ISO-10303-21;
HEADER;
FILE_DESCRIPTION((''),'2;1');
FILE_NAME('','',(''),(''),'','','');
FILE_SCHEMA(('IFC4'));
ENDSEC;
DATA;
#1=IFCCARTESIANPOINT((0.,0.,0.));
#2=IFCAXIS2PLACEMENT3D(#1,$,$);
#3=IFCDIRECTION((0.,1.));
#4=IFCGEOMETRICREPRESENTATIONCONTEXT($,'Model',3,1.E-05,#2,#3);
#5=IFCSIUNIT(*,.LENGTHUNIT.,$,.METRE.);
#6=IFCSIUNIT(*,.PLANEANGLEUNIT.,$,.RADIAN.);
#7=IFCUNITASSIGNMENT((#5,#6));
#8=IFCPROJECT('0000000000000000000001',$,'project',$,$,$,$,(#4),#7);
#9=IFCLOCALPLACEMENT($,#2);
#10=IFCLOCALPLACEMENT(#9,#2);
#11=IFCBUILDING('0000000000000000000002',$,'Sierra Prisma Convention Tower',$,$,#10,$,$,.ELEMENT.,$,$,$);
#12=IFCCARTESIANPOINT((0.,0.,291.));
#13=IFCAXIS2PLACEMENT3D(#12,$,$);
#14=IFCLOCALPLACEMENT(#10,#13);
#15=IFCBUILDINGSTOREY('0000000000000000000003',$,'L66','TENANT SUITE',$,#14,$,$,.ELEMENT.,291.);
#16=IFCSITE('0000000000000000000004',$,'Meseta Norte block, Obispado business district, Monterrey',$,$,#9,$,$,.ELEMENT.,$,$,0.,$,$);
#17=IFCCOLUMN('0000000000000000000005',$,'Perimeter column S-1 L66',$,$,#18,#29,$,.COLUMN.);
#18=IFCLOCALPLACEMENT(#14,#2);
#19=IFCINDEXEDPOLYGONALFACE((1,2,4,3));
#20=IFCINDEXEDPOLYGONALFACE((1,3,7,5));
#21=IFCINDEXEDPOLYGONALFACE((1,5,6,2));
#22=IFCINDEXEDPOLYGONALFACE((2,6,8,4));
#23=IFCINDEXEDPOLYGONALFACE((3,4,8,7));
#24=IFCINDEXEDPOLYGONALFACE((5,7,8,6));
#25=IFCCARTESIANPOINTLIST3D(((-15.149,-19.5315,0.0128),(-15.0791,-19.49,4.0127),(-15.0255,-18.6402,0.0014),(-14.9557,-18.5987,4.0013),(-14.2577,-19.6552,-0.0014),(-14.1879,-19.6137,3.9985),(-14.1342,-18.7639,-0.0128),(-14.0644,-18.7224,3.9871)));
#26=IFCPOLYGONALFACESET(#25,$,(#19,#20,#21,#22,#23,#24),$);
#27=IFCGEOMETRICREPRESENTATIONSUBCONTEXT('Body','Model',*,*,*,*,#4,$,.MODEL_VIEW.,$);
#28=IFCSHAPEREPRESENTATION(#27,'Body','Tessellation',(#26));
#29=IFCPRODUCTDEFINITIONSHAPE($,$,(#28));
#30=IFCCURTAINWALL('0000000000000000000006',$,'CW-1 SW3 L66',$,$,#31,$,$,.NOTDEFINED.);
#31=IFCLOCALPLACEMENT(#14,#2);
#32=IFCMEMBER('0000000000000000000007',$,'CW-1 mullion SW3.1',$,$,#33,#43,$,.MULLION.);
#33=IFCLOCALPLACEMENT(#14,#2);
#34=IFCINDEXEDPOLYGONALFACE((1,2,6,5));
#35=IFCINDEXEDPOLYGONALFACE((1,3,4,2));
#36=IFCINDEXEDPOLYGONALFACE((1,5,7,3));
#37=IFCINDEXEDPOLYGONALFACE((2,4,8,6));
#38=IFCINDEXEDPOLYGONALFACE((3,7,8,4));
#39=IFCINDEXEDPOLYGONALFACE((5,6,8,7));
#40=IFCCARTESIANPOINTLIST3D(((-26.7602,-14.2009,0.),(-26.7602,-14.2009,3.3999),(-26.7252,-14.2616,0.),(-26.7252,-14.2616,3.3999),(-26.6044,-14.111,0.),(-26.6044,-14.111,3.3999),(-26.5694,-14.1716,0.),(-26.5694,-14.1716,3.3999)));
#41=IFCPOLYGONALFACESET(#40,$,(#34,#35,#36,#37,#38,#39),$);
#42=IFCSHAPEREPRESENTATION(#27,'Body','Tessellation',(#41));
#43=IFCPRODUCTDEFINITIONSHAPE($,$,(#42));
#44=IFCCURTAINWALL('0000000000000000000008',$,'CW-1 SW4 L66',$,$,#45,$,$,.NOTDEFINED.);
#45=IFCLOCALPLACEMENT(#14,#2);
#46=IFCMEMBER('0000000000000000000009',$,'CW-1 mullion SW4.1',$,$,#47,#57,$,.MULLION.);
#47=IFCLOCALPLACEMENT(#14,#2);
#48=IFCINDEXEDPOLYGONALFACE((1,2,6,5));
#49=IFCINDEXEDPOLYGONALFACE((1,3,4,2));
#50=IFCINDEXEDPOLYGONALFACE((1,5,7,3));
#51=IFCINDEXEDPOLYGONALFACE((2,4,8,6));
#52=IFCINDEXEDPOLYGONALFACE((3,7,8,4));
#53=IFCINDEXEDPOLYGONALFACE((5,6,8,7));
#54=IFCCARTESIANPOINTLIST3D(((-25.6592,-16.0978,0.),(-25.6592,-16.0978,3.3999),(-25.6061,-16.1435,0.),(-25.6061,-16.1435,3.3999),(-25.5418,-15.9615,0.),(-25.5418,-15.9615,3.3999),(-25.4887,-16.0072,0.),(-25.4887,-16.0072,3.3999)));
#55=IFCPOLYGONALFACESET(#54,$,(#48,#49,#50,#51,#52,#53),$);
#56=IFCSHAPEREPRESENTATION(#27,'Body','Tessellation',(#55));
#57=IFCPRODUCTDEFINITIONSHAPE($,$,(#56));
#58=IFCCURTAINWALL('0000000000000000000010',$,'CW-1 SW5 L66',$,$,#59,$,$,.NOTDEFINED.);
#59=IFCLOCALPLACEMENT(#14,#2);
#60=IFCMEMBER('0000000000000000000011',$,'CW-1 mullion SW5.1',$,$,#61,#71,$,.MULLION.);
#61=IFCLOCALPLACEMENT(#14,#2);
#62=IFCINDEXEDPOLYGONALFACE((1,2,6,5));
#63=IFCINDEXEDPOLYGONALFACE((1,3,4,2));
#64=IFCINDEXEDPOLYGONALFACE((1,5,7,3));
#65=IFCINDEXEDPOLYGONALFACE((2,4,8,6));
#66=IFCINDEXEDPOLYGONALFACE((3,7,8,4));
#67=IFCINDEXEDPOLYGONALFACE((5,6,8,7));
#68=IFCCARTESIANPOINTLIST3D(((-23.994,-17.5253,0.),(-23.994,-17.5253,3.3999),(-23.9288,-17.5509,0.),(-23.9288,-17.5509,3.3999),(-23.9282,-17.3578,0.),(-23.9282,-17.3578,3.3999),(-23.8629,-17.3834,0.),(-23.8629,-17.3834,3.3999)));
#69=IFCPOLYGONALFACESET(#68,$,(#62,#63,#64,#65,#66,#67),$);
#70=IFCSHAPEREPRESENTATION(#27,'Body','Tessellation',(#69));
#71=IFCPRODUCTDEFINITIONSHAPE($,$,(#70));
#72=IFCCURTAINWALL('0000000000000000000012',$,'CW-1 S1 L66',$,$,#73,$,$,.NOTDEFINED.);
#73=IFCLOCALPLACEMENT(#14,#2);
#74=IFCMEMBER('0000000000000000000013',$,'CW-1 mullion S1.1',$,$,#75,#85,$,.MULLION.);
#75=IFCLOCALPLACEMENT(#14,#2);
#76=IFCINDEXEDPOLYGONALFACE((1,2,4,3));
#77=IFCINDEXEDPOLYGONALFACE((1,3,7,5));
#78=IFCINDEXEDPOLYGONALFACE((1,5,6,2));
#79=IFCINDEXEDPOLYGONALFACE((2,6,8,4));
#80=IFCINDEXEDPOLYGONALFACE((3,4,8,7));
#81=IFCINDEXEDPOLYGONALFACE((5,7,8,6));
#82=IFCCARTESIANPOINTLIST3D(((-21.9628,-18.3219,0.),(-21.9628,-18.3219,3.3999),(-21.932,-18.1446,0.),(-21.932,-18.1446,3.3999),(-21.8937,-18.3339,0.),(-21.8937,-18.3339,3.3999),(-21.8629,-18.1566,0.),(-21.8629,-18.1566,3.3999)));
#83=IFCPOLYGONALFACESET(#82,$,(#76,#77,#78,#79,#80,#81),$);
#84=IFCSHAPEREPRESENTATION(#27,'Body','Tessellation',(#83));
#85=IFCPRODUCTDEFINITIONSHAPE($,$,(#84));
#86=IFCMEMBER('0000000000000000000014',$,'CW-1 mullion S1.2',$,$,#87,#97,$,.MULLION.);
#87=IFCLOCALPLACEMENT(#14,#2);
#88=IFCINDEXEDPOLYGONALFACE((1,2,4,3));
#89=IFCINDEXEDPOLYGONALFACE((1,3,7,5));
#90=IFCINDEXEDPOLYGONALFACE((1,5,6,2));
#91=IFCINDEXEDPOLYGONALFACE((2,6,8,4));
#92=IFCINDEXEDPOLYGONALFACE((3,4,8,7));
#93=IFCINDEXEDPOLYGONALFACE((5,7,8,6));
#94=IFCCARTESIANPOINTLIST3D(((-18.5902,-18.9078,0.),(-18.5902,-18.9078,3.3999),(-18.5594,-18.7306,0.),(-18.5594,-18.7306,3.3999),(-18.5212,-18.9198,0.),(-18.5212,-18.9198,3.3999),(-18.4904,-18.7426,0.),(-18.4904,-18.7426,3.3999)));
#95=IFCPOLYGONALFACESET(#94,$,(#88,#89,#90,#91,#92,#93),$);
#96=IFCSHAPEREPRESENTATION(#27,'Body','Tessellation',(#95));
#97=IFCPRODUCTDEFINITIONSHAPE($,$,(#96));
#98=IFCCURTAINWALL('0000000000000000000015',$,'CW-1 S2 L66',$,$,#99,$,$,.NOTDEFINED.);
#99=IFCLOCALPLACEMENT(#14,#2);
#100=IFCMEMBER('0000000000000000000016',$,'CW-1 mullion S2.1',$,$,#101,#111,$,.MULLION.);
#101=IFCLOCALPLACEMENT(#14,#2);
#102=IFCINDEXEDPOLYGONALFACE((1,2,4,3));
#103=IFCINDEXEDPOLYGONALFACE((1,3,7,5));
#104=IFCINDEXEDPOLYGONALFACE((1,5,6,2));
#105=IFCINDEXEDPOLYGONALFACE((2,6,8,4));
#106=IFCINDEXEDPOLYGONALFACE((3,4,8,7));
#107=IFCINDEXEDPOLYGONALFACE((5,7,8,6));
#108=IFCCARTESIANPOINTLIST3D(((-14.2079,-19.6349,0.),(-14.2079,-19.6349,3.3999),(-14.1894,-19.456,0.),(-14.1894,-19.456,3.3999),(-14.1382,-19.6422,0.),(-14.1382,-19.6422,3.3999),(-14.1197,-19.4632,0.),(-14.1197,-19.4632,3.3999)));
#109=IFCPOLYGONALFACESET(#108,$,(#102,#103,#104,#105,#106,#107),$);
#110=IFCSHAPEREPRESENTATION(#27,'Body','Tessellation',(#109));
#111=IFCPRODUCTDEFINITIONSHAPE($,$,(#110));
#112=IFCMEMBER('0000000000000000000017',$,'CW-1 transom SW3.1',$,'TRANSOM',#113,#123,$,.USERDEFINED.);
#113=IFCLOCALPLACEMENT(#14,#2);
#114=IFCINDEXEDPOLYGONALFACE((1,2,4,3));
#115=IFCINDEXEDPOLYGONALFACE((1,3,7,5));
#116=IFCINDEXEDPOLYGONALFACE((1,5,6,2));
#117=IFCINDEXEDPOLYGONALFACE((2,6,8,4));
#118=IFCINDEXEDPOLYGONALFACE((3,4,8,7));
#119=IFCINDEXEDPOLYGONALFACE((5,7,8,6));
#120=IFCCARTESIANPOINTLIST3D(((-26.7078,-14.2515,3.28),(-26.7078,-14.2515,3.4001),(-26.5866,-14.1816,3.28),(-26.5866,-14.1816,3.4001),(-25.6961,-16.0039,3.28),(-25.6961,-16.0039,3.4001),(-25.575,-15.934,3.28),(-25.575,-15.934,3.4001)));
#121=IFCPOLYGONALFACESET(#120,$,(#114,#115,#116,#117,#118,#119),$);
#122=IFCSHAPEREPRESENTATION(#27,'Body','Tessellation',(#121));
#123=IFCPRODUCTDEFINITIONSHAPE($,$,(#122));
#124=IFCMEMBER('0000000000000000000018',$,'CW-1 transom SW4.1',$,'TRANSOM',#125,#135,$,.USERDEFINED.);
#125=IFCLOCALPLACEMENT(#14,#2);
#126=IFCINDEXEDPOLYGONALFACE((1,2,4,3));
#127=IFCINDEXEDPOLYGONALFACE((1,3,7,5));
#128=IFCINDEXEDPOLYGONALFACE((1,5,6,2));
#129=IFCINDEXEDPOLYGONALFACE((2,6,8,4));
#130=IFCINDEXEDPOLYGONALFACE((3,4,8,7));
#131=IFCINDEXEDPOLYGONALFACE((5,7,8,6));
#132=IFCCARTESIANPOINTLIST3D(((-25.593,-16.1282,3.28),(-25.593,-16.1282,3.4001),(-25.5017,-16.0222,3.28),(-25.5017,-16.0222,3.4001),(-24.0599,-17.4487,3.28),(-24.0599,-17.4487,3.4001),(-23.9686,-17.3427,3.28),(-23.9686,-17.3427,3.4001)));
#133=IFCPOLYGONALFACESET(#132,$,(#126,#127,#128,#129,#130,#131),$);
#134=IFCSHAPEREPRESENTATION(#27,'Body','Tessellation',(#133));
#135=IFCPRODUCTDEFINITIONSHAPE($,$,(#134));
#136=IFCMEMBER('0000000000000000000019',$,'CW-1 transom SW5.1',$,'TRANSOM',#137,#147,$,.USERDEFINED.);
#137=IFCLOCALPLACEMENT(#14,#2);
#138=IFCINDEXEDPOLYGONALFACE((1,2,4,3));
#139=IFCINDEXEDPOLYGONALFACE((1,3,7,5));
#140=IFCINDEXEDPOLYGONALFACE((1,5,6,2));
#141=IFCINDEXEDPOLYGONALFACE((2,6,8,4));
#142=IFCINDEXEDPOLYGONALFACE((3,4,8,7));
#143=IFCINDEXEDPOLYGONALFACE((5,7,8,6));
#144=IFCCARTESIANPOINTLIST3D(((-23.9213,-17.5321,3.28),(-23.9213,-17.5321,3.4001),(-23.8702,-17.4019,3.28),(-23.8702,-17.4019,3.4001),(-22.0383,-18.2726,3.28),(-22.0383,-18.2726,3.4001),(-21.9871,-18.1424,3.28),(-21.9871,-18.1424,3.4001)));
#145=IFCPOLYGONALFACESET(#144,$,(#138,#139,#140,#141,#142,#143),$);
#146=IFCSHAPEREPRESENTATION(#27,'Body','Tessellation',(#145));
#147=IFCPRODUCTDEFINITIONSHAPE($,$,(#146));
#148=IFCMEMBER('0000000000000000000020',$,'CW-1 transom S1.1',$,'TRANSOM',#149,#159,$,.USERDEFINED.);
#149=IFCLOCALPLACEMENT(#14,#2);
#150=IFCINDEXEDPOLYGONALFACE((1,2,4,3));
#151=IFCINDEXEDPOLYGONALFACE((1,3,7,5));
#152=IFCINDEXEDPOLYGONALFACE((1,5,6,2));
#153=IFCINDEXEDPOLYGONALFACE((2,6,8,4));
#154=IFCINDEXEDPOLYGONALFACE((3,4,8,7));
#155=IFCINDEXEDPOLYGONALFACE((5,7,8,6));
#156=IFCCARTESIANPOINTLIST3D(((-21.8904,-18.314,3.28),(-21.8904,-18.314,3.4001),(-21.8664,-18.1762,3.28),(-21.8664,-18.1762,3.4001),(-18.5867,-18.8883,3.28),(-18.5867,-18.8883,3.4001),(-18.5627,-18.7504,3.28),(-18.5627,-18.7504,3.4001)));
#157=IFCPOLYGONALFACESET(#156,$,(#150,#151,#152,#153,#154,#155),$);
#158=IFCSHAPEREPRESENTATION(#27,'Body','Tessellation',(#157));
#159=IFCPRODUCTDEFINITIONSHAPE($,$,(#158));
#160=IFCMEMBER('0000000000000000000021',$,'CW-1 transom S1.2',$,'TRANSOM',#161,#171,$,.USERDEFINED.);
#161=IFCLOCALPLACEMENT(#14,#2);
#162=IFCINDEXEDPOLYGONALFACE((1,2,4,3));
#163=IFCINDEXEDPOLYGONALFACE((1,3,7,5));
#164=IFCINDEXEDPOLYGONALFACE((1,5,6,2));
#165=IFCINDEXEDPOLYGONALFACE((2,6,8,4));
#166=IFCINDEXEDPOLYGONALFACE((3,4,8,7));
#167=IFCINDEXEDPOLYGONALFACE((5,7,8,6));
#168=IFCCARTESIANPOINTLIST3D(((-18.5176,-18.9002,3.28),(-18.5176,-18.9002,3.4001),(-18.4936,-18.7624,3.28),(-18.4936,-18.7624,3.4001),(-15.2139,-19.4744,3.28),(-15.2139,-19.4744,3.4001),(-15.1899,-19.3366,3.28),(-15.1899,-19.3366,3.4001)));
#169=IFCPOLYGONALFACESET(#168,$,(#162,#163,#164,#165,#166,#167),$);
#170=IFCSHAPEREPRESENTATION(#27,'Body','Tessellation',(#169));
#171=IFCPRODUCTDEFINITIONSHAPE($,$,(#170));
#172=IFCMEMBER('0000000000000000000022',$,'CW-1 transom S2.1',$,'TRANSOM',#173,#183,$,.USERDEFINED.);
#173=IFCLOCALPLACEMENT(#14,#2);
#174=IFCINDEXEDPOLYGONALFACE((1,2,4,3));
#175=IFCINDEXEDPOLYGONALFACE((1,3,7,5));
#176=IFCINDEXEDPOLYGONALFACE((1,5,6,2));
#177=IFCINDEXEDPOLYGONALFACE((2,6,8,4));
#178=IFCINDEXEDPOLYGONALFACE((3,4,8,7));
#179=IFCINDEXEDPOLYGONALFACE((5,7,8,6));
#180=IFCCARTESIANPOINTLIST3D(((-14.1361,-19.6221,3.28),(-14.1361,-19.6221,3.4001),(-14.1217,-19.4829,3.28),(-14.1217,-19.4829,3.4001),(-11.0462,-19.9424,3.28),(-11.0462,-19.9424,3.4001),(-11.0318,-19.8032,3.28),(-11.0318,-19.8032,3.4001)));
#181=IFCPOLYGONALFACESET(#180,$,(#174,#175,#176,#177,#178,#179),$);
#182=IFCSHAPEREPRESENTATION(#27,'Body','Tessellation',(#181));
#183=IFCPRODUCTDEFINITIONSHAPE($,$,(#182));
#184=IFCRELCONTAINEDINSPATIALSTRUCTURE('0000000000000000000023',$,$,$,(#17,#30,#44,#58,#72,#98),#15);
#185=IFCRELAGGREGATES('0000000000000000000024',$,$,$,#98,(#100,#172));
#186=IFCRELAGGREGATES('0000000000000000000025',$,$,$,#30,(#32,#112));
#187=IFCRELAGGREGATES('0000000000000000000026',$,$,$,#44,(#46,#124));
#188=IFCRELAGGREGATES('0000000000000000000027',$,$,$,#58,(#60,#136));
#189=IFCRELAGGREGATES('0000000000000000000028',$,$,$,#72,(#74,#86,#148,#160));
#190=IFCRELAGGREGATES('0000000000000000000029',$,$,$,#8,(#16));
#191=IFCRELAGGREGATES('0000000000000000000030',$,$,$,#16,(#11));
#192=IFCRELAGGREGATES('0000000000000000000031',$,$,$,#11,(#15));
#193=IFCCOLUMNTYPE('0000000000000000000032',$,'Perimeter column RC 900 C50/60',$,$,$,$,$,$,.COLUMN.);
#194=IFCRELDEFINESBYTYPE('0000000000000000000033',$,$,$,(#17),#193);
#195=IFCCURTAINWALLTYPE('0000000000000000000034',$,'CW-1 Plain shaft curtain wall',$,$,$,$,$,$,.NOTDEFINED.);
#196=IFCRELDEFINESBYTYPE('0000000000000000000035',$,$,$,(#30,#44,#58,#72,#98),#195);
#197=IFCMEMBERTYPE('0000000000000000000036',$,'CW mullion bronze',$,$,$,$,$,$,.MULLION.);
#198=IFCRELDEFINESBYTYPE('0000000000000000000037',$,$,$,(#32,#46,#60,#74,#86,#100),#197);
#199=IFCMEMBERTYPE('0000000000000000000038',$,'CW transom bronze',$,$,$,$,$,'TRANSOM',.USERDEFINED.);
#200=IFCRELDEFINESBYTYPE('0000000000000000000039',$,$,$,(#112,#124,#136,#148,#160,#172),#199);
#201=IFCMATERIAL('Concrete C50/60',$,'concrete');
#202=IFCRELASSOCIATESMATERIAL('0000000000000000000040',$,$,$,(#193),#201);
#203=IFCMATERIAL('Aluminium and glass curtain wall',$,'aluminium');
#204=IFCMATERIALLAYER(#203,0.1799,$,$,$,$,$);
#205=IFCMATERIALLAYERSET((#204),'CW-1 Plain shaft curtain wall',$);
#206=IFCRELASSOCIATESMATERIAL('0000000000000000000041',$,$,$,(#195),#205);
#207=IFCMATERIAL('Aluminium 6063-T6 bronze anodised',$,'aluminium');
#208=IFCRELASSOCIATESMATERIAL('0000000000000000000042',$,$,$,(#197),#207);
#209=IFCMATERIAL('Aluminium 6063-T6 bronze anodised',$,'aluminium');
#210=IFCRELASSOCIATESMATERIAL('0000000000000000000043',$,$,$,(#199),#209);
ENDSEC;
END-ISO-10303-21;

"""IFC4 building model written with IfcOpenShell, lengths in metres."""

from ifc_helpers import new_model, si_unit, direction, frame, origin, origin_2d, place, context, subcontext, project, spatial, rectangle, extrude, material, layer, layer_set, material_profile, profile_set, type_object, element, aggregate, save


model = new_model("IFC4")

# Units and contexts
model_context = context("Model", 3, precision=1e-05, world=origin(), true_north=direction((0.0, 1.0)))
body_context = subcontext(model_context, "Body", "Model", "MODEL_VIEW")
ifc_project = project(units=[si_unit("LENGTHUNIT", "METRE"), si_unit("PLANEANGLEUNIT", "RADIAN")], contexts=[model_context])

# Site, building, storey
site_placement = place(None, origin())
site = spatial("IfcSite", under=ifc_project, at=site_placement, Name="Meseta Norte block, Obispado business district, Monterrey", CompositionType="ELEMENT", RefElevation=0.0)
building_placement = place(site_placement, origin())
building = spatial("IfcBuilding", under=site, at=building_placement, Name="Sierra Prisma Convention Tower", CompositionType="ELEMENT")
storey_placement = place(building_placement, frame((0.0, 0.0, 291.0)))
storey = spatial("IfcBuildingStorey", under=building, at=storey_placement, Name="L66", Description="TENANT SUITE", CompositionType="ELEMENT", Elevation=291.0)

# Column
ifc_material_1 = material(Name="Concrete C50/60", Category="concrete")
ifc_material_profile_1 = material_profile(ifc_material_1, rectangle(XDim=0.8999, YDim=0.8999, at=origin_2d()), Name="Perimeter column RC 900 C50/60")
ifc_profile_set_1 = profile_set([ifc_material_profile_1], Name="Concrete C50/60")
column_type = type_object("IfcColumnType", Name="Perimeter column RC 900 C50/60", PredefinedType="COLUMN", material=ifc_profile_set_1)
column_placement = place(storey_placement, frame((-14.6416, -19.1477, 0.0), z_axis=(0.017452, 0.010374, 0.999794), x_axis=(-0.99039, 0.137394, 0.015863)))
element("IfcColumn", 1, at=column_placement, inside=storey, type_object=column_type, Name="Perimeter column S-1 L66", PredefinedType="COLUMN", context=body_context, shape_type="SweptSolid", body=[
    extrude(rectangle(XDim=0.8999, YDim=0.8999, at=origin_2d()), origin(), (0.0, 0.0, 1.0), 4.0007),
])

# Curtain walls, members
ifc_material_2 = material(Name="Aluminium and glass curtain wall", Category="aluminium")
ifc_layer_1 = layer(ifc_material_2, 0.1799)
ifc_layer_set_1 = layer_set([ifc_layer_1], Name="CW-1 Plain shaft curtain wall")
curtain_wall_type = type_object("IfcCurtainWallType", Name="CW-1 Plain shaft curtain wall", PredefinedType="NOTDEFINED", material=ifc_layer_set_1)
curtain_wall_1_placement = place(storey_placement, origin())
curtain_wall_1 = element("IfcCurtainWall", 2, at=curtain_wall_1_placement, inside=storey, type_object=curtain_wall_type, Name="CW-1 SW3 L66", PredefinedType="NOTDEFINED")
ifc_material_3 = material(Name="Aluminium 6063-T6 bronze anodised", Category="aluminium")
ifc_material_profile_2 = material_profile(ifc_material_3, rectangle(XDim=0.1799, YDim=0.0701, at=origin_2d()), Name="ALU MULLION 70x180")
ifc_profile_set_2 = profile_set([ifc_material_profile_2], Name="Aluminium 6063-T6 bronze anodised")
member_type_1 = type_object("IfcMemberType", Name="CW mullion bronze", PredefinedType="MULLION", material=ifc_profile_set_2)
member_1_placement = place(storey_placement, frame((-26.6648, -14.1863, 0.0), z_axis=(0.0, 0.0, 1.0), x_axis=(0.866025, 0.5, 0.0)))
member_1 = element("IfcMember", 3, at=member_1_placement, type_object=member_type_1, Name="CW-1 mullion SW3.1", PredefinedType="MULLION", context=body_context, shape_type="SweptSolid", body=[
    extrude(rectangle(XDim=0.1799, YDim=0.0701, at=origin_2d()), origin(), (0.0, 0.0, 1.0), 3.3999),
])
curtain_wall_2_placement = place(storey_placement, origin())
curtain_wall_2 = element("IfcCurtainWall", 4, at=curtain_wall_2_placement, inside=storey, type_object=curtain_wall_type, Name="CW-1 SW4 L66", PredefinedType="NOTDEFINED")
member_2_placement = place(storey_placement, frame((-25.574, -16.0525, 0.0), z_axis=(0.0, 0.0, 1.0), x_axis=(0.652525, 0.757767, 0.0)))
member_2 = element("IfcMember", 5, at=member_2_placement, type_object=member_type_1, Name="CW-1 mullion SW4.1", PredefinedType="MULLION", context=body_context, shape_type="SweptSolid", body=[
    extrude(rectangle(XDim=0.1799, YDim=0.0701, at=origin_2d()), origin(), (0.0, 0.0, 1.0), 3.3999),
])
curtain_wall_3_placement = place(storey_placement, origin())
curtain_wall_3 = element("IfcCurtainWall", 6, at=curtain_wall_3_placement, inside=storey, type_object=curtain_wall_type, Name="CW-1 SW5 L66", PredefinedType="NOTDEFINED")
member_3_placement = place(storey_placement, frame((-23.9285, -17.4543, 0.0), z_axis=(0.0, 0.0, 1.0), x_axis=(0.365925, 0.930644, 0.0)))
member_3 = element("IfcMember", 7, at=member_3_placement, type_object=member_type_1, Name="CW-1 mullion SW5.1", PredefinedType="MULLION", context=body_context, shape_type="SweptSolid", body=[
    extrude(rectangle(XDim=0.1799, YDim=0.0701, at=origin_2d()), origin(), (0.0, 0.0, 1.0), 3.3999),
])

# Curtain wall, members
curtain_wall_4_placement = place(storey_placement, origin())
curtain_wall_4 = element("IfcCurtainWall", 8, at=curtain_wall_4_placement, inside=storey, type_object=curtain_wall_type, Name="CW-1 S1 L66", PredefinedType="NOTDEFINED")
member_4_placement = place(storey_placement, frame((-21.9128, -18.2393, 0.0), z_axis=(0.0, 0.0, 1.0), x_axis=(0.171222, 0.985233, 0.0)))
member_4 = element("IfcMember", 9, at=member_4_placement, type_object=member_type_1, Name="CW-1 mullion S1.1", PredefinedType="MULLION", context=body_context, shape_type="SweptSolid", body=[
    extrude(rectangle(XDim=0.1799, YDim=0.0701, at=origin_2d()), origin(), (0.0, 0.0, 1.0), 3.3999),
])
member_5_placement = place(storey_placement, frame((-18.5403, -18.8252, 0.0), z_axis=(0.0, 0.0, 1.0), x_axis=(0.171222, 0.985233, 0.0)))
member_5 = element("IfcMember", 10, at=member_5_placement, type_object=member_type_1, Name="CW-1 mullion S1.2", PredefinedType="MULLION", context=body_context, shape_type="SweptSolid", body=[
    extrude(rectangle(XDim=0.1799, YDim=0.0701, at=origin_2d()), origin(), (0.0, 0.0, 1.0), 3.3999),
])

# Curtain wall, member
curtain_wall_5_placement = place(storey_placement, origin())
curtain_wall_5 = element("IfcCurtainWall", 11, at=curtain_wall_5_placement, inside=storey, type_object=curtain_wall_type, Name="CW-1 S2 L66", PredefinedType="NOTDEFINED")
member_6_placement = place(storey_placement, frame((-14.1638, -19.5491, 0.0), z_axis=(0.0, 0.0, 1.0), x_axis=(0.103058, 0.994675, 0.0)))
member_6 = element("IfcMember", 12, at=member_6_placement, type_object=member_type_1, Name="CW-1 mullion S2.1", PredefinedType="MULLION", context=body_context, shape_type="SweptSolid", body=[
    extrude(rectangle(XDim=0.1799, YDim=0.0701, at=origin_2d()), origin(), (0.0, 0.0, 1.0), 3.3999),
])

# Members
ifc_material_4 = material(Name="Aluminium 6063-T6 bronze anodised", Category="aluminium")
ifc_material_profile_3 = material_profile(ifc_material_4, rectangle(XDim=0.1399, YDim=0.1201, at=origin_2d()), Name="ALU TRANSOM 120x140")
ifc_profile_set_3 = profile_set([ifc_material_profile_3], Name="Aluminium 6063-T6 bronze anodised")
member_type_2 = type_object("IfcMemberType", Name="CW transom bronze", ElementType="TRANSOM", PredefinedType="USERDEFINED", material=ifc_profile_set_3)
member_7_placement = place(storey_placement, frame((-26.6472, -14.2166, 3.3401), z_axis=(0.49998, -0.866037, 0.0), x_axis=(0.866037, 0.49998, 0.0)))
member_7 = element("IfcMember", 13, at=member_7_placement, type_object=member_type_2, Name="CW-1 transom SW3.1", ObjectType="TRANSOM", PredefinedType="USERDEFINED", context=body_context, shape_type="SweptSolid", body=[
    extrude(rectangle(XDim=0.1399, YDim=0.1201, at=origin_2d()), origin(), (0.0, 0.0, 1.0), 2.0234),
])
member_8_placement = place(storey_placement, frame((-25.5474, -16.0752, 3.3401), z_axis=(0.757696, -0.652608, 0.0), x_axis=(0.652608, 0.757696, 0.0)))
member_8 = element("IfcMember", 14, at=member_8_placement, type_object=member_type_2, Name="CW-1 transom SW4.1", ObjectType="TRANSOM", PredefinedType="USERDEFINED", context=body_context, shape_type="SweptSolid", body=[
    extrude(rectangle(XDim=0.1399, YDim=0.1201, at=origin_2d()), origin(), (0.0, 0.0, 1.0), 2.0234),
])
member_9_placement = place(storey_placement, frame((-23.8958, -17.467, 3.3401), z_axis=(0.930633, -0.365955, 0.0), x_axis=(0.365955, 0.930633, 0.0)))
member_9 = element("IfcMember", 15, at=member_9_placement, type_object=member_type_2, Name="CW-1 transom SW5.1", ObjectType="TRANSOM", PredefinedType="USERDEFINED", context=body_context, shape_type="SweptSolid", body=[
    extrude(rectangle(XDim=0.1399, YDim=0.1201, at=origin_2d()), origin(), (0.0, 0.0, 1.0), 2.0234),
])
member_10_placement = place(storey_placement, frame((-21.8784, -18.2451, 3.3401), z_axis=(0.985229, -0.171243, 0.0), x_axis=(0.171243, 0.985229, 0.0)))
member_10 = element("IfcMember", 16, at=member_10_placement, type_object=member_type_2, Name="CW-1 transom S1.1", ObjectType="TRANSOM", PredefinedType="USERDEFINED", context=body_context, shape_type="SweptSolid", body=[
    extrude(rectangle(XDim=0.1399, YDim=0.1201, at=origin_2d()), origin(), (0.0, 0.0, 1.0), 3.3533),
])
member_11_placement = place(storey_placement, frame((-18.5056, -18.8313, 3.3401), z_axis=(0.985229, -0.171243, 0.0), x_axis=(0.171243, 0.985229, 0.0)))
member_11 = element("IfcMember", 17, at=member_11_placement, type_object=member_type_2, Name="CW-1 transom S1.2", ObjectType="TRANSOM", PredefinedType="USERDEFINED", context=body_context, shape_type="SweptSolid", body=[
    extrude(rectangle(XDim=0.1399, YDim=0.1201, at=origin_2d()), origin(), (0.0, 0.0, 1.0), 3.3533),
])
member_12_placement = place(storey_placement, frame((-14.1289, -19.5525, 3.3401), z_axis=(0.99467, -0.103114, 0.0), x_axis=(0.103114, 0.99467, 0.0)))
member_12 = element("IfcMember", 18, at=member_12_placement, type_object=member_type_2, Name="CW-1 transom S2.1", ObjectType="TRANSOM", PredefinedType="USERDEFINED", context=body_context, shape_type="SweptSolid", body=[
    extrude(rectangle(XDim=0.1399, YDim=0.1201, at=origin_2d()), origin(), (0.0, 0.0, 1.0), 3.1064),
])
aggregate(curtain_wall_5, [member_6, member_12])

aggregate(curtain_wall_1, [member_1, member_7])
aggregate(curtain_wall_2, [member_2, member_8])
aggregate(curtain_wall_3, [member_3, member_9])
aggregate(curtain_wall_4, [member_4, member_5, member_10, member_11])

save(model, "model.ifc")
